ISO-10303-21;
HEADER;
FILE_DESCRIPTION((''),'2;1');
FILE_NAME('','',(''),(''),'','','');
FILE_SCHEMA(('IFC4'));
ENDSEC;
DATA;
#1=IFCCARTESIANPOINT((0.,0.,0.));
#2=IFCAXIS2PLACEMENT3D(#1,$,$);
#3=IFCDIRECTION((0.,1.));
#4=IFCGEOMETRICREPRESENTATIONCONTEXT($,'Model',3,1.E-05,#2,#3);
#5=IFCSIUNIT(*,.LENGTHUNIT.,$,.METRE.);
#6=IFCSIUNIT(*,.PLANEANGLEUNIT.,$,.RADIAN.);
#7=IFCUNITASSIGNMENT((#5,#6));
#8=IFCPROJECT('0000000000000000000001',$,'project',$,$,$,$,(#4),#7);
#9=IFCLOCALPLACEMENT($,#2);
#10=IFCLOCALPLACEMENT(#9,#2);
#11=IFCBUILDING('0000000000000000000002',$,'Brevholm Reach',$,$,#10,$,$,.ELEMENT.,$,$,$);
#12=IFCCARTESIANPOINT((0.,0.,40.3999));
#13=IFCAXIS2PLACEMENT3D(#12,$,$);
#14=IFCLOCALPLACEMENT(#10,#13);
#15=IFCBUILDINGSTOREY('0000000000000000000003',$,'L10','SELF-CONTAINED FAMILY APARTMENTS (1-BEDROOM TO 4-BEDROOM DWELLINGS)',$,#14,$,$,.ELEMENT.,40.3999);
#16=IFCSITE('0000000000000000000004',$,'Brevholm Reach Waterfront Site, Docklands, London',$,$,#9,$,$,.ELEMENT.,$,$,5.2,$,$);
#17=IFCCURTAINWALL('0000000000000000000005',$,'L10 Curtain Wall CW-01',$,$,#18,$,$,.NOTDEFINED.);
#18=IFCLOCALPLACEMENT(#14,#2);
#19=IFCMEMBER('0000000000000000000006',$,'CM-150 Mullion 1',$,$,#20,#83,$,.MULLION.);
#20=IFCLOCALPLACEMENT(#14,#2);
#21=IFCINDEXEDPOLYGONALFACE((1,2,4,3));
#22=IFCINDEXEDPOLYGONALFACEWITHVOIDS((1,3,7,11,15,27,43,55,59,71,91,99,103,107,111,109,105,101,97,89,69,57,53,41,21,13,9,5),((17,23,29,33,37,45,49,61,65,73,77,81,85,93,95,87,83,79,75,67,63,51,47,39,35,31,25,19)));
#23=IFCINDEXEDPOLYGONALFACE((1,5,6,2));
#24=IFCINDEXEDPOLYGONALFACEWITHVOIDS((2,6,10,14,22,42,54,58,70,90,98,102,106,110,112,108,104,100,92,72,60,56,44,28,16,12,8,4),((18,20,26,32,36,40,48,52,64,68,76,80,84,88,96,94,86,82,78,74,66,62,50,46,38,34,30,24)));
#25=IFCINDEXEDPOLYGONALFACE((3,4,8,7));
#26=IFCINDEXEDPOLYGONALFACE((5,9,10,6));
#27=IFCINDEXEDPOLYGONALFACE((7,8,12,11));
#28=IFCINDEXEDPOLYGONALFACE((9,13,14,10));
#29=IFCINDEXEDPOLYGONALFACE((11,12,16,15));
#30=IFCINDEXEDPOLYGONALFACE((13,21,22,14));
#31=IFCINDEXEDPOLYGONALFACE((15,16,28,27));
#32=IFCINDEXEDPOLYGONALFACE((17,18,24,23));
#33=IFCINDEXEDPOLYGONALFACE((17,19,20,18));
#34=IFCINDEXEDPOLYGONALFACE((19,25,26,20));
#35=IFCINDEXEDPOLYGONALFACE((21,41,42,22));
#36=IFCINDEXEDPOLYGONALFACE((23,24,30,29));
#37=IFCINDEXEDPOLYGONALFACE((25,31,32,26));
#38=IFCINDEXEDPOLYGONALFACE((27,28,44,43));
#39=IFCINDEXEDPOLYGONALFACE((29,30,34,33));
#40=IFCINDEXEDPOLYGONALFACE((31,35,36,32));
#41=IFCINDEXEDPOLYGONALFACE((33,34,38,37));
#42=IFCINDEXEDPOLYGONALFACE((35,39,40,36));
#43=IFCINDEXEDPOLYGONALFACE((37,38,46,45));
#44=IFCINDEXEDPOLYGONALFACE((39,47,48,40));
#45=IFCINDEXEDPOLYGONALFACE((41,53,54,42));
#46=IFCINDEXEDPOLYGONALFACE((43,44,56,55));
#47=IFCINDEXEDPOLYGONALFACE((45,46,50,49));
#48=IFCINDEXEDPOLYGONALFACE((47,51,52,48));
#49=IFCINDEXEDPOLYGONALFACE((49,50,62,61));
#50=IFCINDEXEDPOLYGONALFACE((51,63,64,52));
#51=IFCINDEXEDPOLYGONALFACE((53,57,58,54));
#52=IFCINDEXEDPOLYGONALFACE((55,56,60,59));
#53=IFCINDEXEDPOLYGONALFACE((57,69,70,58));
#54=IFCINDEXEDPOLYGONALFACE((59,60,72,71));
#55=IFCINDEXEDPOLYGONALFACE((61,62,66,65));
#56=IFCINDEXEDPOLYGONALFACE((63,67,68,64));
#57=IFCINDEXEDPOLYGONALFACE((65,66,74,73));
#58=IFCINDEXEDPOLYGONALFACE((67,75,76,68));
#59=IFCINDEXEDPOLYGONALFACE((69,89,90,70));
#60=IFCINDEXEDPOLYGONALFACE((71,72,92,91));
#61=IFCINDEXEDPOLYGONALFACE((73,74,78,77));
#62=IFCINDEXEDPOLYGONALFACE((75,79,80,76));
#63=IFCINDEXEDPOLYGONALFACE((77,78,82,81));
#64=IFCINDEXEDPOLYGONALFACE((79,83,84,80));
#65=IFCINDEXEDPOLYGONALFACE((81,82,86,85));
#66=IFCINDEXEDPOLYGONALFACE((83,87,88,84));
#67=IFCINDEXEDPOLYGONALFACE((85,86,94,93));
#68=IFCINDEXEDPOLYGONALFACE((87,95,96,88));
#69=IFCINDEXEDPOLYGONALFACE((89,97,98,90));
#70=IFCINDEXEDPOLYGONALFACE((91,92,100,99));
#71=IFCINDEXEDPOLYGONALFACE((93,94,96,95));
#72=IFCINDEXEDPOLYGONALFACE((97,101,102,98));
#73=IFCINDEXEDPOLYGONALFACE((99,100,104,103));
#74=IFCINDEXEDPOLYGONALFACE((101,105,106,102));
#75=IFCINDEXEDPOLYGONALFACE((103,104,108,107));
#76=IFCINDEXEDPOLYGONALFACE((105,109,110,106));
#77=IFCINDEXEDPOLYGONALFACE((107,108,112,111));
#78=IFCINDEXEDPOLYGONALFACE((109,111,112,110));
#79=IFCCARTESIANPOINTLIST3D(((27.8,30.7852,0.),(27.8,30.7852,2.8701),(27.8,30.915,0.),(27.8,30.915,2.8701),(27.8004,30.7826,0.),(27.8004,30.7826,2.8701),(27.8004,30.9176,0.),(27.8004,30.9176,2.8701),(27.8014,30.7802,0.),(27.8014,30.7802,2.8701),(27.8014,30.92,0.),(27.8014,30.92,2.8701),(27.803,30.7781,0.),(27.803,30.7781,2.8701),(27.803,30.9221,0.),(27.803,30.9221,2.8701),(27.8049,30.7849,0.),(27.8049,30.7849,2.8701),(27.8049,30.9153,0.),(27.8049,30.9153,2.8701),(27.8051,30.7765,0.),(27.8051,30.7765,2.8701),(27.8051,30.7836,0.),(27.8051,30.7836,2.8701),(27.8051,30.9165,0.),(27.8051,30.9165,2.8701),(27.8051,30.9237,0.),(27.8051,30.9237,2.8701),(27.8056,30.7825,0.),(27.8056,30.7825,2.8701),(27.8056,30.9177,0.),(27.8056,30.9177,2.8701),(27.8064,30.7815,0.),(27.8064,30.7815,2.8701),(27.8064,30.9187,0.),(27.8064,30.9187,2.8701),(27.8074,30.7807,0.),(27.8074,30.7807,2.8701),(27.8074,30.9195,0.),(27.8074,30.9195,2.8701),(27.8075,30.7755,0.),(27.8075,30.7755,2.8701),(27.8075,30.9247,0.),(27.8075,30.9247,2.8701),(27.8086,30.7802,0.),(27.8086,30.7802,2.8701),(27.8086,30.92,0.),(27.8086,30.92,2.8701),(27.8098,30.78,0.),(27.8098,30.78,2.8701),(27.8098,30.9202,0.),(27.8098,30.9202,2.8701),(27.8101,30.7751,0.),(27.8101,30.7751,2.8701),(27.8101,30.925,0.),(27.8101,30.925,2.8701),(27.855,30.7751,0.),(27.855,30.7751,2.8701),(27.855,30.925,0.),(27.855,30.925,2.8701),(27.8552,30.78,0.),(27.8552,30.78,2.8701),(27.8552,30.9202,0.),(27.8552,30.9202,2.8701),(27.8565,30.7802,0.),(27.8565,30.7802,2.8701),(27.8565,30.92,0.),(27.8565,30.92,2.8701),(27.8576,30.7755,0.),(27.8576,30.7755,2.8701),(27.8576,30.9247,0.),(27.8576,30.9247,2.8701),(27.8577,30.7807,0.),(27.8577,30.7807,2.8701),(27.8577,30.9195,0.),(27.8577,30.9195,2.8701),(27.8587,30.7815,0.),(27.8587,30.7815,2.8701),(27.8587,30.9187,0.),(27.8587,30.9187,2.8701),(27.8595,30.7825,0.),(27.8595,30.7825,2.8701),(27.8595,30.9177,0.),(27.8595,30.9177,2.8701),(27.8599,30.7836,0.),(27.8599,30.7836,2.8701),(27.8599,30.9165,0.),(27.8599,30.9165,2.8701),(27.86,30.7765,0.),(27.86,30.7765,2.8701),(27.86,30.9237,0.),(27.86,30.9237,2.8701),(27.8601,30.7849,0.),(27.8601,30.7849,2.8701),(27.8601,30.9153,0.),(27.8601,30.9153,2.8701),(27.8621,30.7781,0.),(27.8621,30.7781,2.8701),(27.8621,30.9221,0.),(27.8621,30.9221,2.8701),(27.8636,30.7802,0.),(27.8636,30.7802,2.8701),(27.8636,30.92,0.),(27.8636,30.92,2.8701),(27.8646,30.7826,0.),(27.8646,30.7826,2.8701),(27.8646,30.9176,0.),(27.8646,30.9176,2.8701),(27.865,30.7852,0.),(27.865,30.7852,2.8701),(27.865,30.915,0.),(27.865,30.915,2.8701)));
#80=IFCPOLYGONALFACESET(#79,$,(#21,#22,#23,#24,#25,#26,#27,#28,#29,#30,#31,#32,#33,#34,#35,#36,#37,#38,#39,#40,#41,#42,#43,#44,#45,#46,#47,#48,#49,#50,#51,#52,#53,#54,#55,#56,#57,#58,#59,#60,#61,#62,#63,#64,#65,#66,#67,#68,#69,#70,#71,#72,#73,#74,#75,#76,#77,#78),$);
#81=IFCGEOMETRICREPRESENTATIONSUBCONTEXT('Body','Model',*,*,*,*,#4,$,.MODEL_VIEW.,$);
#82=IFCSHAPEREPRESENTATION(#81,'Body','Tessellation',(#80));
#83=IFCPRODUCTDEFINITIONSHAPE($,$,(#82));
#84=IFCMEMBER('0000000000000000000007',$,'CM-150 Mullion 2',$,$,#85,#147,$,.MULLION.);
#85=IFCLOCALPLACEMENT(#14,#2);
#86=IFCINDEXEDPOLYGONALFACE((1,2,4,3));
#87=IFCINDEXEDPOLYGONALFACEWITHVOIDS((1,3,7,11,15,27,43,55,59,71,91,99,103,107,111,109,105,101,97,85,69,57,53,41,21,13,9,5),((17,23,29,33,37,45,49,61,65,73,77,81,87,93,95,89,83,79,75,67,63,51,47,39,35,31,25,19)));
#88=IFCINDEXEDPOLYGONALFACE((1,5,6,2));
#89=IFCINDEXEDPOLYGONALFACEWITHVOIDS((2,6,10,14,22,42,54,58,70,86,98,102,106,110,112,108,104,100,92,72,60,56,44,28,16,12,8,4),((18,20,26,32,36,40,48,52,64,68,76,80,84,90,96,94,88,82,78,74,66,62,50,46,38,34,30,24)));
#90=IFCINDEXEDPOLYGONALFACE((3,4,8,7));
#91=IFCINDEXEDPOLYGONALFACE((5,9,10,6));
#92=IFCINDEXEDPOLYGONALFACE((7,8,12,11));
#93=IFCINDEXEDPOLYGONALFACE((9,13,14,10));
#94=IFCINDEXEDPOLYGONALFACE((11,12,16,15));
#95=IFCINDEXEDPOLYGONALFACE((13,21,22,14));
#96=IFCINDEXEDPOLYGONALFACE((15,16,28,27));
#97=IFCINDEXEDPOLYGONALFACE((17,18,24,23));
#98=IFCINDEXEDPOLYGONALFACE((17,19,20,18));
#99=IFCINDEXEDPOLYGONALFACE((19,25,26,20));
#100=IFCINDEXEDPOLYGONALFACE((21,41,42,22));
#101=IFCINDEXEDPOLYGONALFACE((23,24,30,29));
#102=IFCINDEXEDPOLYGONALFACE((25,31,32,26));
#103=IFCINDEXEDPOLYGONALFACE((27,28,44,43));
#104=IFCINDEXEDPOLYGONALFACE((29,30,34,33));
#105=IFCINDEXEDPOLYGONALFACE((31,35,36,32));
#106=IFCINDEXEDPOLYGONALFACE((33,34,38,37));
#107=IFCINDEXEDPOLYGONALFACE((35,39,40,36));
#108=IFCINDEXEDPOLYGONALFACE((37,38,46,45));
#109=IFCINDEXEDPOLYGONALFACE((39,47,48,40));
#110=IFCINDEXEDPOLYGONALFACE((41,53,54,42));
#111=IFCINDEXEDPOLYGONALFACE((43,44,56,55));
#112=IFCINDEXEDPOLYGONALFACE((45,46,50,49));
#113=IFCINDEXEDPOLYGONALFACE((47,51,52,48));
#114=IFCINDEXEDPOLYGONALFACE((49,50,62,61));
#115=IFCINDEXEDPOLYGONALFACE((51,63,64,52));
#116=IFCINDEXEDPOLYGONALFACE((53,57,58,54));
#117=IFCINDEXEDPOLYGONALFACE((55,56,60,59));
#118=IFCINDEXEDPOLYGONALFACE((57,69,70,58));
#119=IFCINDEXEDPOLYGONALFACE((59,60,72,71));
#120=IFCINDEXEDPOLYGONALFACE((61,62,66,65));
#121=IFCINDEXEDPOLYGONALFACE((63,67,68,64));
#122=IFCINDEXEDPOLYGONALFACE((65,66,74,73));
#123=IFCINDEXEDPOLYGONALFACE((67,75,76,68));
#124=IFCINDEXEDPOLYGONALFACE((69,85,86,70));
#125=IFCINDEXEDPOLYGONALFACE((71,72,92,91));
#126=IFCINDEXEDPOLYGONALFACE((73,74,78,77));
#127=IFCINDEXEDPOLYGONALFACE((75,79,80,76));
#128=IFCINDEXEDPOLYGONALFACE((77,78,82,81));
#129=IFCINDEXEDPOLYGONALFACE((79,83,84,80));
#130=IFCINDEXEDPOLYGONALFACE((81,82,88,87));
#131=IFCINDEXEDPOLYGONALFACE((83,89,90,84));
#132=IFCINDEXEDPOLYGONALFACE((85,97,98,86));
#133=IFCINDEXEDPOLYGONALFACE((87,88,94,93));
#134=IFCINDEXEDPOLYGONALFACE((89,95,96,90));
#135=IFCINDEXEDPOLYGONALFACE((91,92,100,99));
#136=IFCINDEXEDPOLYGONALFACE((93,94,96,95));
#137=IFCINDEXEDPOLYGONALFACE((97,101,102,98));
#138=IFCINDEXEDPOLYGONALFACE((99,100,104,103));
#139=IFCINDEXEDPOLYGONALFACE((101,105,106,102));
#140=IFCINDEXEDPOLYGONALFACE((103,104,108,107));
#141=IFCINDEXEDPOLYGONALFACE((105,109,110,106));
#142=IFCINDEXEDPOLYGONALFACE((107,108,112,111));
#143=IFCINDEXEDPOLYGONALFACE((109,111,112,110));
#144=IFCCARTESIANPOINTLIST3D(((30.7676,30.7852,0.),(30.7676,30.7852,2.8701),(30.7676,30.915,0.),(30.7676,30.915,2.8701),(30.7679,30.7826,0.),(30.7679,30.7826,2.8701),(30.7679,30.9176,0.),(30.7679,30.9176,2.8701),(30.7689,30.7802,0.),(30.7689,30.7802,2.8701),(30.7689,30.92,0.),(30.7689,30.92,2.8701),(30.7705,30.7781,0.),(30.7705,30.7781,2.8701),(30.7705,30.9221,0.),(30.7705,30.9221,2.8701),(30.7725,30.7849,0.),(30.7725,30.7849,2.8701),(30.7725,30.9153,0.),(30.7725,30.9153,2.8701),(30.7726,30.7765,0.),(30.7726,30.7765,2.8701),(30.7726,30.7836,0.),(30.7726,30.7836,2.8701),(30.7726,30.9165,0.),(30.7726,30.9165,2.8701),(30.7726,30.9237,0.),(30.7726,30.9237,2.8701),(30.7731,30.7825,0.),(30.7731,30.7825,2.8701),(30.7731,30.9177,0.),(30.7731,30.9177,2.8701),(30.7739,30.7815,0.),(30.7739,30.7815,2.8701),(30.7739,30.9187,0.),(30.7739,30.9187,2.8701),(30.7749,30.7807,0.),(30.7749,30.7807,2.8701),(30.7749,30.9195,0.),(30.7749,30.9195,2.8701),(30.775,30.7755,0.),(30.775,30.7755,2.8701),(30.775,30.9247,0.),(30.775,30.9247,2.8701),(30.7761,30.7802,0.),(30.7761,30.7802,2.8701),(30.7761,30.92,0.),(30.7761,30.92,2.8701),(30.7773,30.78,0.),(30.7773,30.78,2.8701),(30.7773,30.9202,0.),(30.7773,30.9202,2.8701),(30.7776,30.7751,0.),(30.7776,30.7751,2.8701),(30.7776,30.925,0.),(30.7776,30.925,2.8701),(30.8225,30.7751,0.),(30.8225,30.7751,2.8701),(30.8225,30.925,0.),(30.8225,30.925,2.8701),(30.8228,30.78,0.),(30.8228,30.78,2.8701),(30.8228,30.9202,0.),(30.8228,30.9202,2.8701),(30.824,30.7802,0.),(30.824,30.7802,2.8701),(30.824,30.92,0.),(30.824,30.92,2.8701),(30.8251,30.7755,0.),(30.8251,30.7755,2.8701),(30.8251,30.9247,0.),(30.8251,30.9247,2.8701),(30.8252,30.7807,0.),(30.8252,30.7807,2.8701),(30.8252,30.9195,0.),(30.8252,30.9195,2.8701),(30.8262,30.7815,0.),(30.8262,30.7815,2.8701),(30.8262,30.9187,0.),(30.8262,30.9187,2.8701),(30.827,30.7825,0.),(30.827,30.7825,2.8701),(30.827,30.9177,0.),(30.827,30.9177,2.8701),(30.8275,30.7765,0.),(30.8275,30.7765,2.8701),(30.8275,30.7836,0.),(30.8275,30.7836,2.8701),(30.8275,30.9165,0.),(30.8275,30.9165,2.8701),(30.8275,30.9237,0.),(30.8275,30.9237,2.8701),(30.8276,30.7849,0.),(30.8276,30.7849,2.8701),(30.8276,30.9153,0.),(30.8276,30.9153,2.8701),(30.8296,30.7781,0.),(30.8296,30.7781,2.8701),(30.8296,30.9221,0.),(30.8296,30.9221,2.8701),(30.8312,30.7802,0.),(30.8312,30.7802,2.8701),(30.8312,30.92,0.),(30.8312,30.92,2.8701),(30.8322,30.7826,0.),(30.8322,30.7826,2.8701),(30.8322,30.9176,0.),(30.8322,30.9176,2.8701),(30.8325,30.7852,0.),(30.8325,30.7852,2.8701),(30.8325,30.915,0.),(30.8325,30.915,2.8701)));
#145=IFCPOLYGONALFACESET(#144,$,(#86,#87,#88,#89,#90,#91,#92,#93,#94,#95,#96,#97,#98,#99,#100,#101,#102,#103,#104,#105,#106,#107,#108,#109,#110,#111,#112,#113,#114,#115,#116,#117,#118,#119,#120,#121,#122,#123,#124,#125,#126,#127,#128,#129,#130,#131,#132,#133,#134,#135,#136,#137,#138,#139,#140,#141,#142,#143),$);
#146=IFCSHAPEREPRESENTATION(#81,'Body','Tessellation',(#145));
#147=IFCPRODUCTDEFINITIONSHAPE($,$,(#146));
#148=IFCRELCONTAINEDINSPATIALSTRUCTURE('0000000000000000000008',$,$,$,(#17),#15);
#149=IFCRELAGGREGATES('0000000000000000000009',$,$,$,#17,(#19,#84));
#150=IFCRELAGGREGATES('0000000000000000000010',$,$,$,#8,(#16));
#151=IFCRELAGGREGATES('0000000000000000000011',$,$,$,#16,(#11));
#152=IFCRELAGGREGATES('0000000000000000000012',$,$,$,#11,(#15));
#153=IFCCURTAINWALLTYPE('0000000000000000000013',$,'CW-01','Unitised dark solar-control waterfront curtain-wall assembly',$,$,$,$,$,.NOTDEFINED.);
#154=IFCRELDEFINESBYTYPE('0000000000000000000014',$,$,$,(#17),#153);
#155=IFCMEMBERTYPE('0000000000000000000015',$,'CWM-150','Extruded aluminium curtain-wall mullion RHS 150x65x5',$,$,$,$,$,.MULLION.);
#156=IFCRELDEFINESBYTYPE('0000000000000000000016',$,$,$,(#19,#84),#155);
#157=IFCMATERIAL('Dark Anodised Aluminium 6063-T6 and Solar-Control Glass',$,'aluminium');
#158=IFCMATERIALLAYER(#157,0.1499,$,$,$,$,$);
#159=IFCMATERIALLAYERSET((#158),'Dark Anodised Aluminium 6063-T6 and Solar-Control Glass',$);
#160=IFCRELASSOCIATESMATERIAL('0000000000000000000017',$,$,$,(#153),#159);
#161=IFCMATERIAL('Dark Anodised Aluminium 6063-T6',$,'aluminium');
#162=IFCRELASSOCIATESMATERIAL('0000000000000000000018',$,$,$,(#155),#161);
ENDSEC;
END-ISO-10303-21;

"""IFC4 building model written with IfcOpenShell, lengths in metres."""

from ifc_helpers import new_model, si_unit, direction, frame, origin, origin_2d, place, context, subcontext, project, spatial, hollow_rectangle, extrude, material, layer, layer_set, material_profile, profile_set, type_object, element, aggregate, save


model = new_model("IFC4")

# Units and contexts
model_context = context("Model", 3, precision=1e-05, world=origin(), true_north=direction((0.0, 1.0)))
body_context = subcontext(model_context, "Body", "Model", "MODEL_VIEW")
ifc_project = project(units=[si_unit("LENGTHUNIT", "METRE"), si_unit("PLANEANGLEUNIT", "RADIAN")], contexts=[model_context])

# Site, building, storey
site_placement = place(None, origin())
site = spatial("IfcSite", under=ifc_project, at=site_placement, Name="Brevholm Reach Waterfront Site, Docklands, London", CompositionType="ELEMENT", RefElevation=5.2)
building_placement = place(site_placement, origin())
building = spatial("IfcBuilding", under=site, at=building_placement, Name="Brevholm Reach", CompositionType="ELEMENT")
storey_placement = place(building_placement, frame((0.0, 0.0, 40.3999)))
storey = spatial("IfcBuildingStorey", under=building, at=storey_placement, Name="L10", Description="SELF-CONTAINED FAMILY APARTMENTS (1-BEDROOM TO 4-BEDROOM DWELLINGS)", CompositionType="ELEMENT", Elevation=40.3999)

# Curtain wall, members
ifc_material_1 = material(Name="Dark Anodised Aluminium 6063-T6 and Solar-Control Glass", Category="aluminium")
ifc_layer_1 = layer(ifc_material_1, 0.1499)
ifc_layer_set_1 = layer_set([ifc_layer_1], Name="Dark Anodised Aluminium 6063-T6 and Solar-Control Glass")
curtain_wall_type_1 = type_object("IfcCurtainWallType", Name="CW-01", Description="Unitised dark solar-control waterfront curtain-wall assembly", PredefinedType="NOTDEFINED", material=ifc_layer_set_1)
curtain_wall_1_placement = place(storey_placement, origin())
curtain_wall_1 = element("IfcCurtainWall", 1, at=curtain_wall_1_placement, inside=storey, type_object=curtain_wall_type_1, Name="L10 Curtain Wall CW-01", PredefinedType="NOTDEFINED")
ifc_material_2 = material(Name="Dark Anodised Aluminium 6063-T6", Category="aluminium")
ifc_material_profile_1 = material_profile(ifc_material_2, hollow_rectangle(XDim=0.0649, YDim=0.1499, WallThickness=0.0049, InnerFilletRadius=0.0049, OuterFilletRadius=0.01, at=origin_2d()), Name="RHS 150x65x5")
ifc_profile_set_1 = profile_set([ifc_material_profile_1], Name="Dark Anodised Aluminium 6063-T6")
member_type_1 = type_object("IfcMemberType", Name="CWM-150", Description="Extruded aluminium curtain-wall mullion RHS 150x65x5", PredefinedType="MULLION", material=ifc_profile_set_1)
member_1_placement = place(storey_placement, frame((27.8325, 30.8501, 0.0), z_axis=(0.0, 0.0, 1.0), x_axis=(1.0, 0.0, 0.0)))
member_1 = element("IfcMember", 2, at=member_1_placement, type_object=member_type_1, Name="CM-150 Mullion 1", PredefinedType="MULLION", context=body_context, shape_type="SweptSolid", body=[
    extrude(hollow_rectangle(XDim=0.0649, YDim=0.1499, WallThickness=0.0049, InnerFilletRadius=0.0049, OuterFilletRadius=0.01, at=origin_2d()), origin(), (0.0, 0.0, 1.0), 2.8701),
])
member_2_placement = place(storey_placement, frame((30.8, 30.8501, 0.0), z_axis=(0.0, 0.0, 1.0), x_axis=(1.0, 0.0, 0.0)))
member_2 = element("IfcMember", 3, at=member_2_placement, type_object=member_type_1, Name="CM-150 Mullion 2", PredefinedType="MULLION", context=body_context, shape_type="SweptSolid", body=[
    extrude(hollow_rectangle(XDim=0.0649, YDim=0.1499, WallThickness=0.0049, InnerFilletRadius=0.0049, OuterFilletRadius=0.01, at=origin_2d()), origin(), (0.0, 0.0, 1.0), 2.8701),
])

aggregate(curtain_wall_1, [member_1, member_2])

save(model, "model.ifc")
